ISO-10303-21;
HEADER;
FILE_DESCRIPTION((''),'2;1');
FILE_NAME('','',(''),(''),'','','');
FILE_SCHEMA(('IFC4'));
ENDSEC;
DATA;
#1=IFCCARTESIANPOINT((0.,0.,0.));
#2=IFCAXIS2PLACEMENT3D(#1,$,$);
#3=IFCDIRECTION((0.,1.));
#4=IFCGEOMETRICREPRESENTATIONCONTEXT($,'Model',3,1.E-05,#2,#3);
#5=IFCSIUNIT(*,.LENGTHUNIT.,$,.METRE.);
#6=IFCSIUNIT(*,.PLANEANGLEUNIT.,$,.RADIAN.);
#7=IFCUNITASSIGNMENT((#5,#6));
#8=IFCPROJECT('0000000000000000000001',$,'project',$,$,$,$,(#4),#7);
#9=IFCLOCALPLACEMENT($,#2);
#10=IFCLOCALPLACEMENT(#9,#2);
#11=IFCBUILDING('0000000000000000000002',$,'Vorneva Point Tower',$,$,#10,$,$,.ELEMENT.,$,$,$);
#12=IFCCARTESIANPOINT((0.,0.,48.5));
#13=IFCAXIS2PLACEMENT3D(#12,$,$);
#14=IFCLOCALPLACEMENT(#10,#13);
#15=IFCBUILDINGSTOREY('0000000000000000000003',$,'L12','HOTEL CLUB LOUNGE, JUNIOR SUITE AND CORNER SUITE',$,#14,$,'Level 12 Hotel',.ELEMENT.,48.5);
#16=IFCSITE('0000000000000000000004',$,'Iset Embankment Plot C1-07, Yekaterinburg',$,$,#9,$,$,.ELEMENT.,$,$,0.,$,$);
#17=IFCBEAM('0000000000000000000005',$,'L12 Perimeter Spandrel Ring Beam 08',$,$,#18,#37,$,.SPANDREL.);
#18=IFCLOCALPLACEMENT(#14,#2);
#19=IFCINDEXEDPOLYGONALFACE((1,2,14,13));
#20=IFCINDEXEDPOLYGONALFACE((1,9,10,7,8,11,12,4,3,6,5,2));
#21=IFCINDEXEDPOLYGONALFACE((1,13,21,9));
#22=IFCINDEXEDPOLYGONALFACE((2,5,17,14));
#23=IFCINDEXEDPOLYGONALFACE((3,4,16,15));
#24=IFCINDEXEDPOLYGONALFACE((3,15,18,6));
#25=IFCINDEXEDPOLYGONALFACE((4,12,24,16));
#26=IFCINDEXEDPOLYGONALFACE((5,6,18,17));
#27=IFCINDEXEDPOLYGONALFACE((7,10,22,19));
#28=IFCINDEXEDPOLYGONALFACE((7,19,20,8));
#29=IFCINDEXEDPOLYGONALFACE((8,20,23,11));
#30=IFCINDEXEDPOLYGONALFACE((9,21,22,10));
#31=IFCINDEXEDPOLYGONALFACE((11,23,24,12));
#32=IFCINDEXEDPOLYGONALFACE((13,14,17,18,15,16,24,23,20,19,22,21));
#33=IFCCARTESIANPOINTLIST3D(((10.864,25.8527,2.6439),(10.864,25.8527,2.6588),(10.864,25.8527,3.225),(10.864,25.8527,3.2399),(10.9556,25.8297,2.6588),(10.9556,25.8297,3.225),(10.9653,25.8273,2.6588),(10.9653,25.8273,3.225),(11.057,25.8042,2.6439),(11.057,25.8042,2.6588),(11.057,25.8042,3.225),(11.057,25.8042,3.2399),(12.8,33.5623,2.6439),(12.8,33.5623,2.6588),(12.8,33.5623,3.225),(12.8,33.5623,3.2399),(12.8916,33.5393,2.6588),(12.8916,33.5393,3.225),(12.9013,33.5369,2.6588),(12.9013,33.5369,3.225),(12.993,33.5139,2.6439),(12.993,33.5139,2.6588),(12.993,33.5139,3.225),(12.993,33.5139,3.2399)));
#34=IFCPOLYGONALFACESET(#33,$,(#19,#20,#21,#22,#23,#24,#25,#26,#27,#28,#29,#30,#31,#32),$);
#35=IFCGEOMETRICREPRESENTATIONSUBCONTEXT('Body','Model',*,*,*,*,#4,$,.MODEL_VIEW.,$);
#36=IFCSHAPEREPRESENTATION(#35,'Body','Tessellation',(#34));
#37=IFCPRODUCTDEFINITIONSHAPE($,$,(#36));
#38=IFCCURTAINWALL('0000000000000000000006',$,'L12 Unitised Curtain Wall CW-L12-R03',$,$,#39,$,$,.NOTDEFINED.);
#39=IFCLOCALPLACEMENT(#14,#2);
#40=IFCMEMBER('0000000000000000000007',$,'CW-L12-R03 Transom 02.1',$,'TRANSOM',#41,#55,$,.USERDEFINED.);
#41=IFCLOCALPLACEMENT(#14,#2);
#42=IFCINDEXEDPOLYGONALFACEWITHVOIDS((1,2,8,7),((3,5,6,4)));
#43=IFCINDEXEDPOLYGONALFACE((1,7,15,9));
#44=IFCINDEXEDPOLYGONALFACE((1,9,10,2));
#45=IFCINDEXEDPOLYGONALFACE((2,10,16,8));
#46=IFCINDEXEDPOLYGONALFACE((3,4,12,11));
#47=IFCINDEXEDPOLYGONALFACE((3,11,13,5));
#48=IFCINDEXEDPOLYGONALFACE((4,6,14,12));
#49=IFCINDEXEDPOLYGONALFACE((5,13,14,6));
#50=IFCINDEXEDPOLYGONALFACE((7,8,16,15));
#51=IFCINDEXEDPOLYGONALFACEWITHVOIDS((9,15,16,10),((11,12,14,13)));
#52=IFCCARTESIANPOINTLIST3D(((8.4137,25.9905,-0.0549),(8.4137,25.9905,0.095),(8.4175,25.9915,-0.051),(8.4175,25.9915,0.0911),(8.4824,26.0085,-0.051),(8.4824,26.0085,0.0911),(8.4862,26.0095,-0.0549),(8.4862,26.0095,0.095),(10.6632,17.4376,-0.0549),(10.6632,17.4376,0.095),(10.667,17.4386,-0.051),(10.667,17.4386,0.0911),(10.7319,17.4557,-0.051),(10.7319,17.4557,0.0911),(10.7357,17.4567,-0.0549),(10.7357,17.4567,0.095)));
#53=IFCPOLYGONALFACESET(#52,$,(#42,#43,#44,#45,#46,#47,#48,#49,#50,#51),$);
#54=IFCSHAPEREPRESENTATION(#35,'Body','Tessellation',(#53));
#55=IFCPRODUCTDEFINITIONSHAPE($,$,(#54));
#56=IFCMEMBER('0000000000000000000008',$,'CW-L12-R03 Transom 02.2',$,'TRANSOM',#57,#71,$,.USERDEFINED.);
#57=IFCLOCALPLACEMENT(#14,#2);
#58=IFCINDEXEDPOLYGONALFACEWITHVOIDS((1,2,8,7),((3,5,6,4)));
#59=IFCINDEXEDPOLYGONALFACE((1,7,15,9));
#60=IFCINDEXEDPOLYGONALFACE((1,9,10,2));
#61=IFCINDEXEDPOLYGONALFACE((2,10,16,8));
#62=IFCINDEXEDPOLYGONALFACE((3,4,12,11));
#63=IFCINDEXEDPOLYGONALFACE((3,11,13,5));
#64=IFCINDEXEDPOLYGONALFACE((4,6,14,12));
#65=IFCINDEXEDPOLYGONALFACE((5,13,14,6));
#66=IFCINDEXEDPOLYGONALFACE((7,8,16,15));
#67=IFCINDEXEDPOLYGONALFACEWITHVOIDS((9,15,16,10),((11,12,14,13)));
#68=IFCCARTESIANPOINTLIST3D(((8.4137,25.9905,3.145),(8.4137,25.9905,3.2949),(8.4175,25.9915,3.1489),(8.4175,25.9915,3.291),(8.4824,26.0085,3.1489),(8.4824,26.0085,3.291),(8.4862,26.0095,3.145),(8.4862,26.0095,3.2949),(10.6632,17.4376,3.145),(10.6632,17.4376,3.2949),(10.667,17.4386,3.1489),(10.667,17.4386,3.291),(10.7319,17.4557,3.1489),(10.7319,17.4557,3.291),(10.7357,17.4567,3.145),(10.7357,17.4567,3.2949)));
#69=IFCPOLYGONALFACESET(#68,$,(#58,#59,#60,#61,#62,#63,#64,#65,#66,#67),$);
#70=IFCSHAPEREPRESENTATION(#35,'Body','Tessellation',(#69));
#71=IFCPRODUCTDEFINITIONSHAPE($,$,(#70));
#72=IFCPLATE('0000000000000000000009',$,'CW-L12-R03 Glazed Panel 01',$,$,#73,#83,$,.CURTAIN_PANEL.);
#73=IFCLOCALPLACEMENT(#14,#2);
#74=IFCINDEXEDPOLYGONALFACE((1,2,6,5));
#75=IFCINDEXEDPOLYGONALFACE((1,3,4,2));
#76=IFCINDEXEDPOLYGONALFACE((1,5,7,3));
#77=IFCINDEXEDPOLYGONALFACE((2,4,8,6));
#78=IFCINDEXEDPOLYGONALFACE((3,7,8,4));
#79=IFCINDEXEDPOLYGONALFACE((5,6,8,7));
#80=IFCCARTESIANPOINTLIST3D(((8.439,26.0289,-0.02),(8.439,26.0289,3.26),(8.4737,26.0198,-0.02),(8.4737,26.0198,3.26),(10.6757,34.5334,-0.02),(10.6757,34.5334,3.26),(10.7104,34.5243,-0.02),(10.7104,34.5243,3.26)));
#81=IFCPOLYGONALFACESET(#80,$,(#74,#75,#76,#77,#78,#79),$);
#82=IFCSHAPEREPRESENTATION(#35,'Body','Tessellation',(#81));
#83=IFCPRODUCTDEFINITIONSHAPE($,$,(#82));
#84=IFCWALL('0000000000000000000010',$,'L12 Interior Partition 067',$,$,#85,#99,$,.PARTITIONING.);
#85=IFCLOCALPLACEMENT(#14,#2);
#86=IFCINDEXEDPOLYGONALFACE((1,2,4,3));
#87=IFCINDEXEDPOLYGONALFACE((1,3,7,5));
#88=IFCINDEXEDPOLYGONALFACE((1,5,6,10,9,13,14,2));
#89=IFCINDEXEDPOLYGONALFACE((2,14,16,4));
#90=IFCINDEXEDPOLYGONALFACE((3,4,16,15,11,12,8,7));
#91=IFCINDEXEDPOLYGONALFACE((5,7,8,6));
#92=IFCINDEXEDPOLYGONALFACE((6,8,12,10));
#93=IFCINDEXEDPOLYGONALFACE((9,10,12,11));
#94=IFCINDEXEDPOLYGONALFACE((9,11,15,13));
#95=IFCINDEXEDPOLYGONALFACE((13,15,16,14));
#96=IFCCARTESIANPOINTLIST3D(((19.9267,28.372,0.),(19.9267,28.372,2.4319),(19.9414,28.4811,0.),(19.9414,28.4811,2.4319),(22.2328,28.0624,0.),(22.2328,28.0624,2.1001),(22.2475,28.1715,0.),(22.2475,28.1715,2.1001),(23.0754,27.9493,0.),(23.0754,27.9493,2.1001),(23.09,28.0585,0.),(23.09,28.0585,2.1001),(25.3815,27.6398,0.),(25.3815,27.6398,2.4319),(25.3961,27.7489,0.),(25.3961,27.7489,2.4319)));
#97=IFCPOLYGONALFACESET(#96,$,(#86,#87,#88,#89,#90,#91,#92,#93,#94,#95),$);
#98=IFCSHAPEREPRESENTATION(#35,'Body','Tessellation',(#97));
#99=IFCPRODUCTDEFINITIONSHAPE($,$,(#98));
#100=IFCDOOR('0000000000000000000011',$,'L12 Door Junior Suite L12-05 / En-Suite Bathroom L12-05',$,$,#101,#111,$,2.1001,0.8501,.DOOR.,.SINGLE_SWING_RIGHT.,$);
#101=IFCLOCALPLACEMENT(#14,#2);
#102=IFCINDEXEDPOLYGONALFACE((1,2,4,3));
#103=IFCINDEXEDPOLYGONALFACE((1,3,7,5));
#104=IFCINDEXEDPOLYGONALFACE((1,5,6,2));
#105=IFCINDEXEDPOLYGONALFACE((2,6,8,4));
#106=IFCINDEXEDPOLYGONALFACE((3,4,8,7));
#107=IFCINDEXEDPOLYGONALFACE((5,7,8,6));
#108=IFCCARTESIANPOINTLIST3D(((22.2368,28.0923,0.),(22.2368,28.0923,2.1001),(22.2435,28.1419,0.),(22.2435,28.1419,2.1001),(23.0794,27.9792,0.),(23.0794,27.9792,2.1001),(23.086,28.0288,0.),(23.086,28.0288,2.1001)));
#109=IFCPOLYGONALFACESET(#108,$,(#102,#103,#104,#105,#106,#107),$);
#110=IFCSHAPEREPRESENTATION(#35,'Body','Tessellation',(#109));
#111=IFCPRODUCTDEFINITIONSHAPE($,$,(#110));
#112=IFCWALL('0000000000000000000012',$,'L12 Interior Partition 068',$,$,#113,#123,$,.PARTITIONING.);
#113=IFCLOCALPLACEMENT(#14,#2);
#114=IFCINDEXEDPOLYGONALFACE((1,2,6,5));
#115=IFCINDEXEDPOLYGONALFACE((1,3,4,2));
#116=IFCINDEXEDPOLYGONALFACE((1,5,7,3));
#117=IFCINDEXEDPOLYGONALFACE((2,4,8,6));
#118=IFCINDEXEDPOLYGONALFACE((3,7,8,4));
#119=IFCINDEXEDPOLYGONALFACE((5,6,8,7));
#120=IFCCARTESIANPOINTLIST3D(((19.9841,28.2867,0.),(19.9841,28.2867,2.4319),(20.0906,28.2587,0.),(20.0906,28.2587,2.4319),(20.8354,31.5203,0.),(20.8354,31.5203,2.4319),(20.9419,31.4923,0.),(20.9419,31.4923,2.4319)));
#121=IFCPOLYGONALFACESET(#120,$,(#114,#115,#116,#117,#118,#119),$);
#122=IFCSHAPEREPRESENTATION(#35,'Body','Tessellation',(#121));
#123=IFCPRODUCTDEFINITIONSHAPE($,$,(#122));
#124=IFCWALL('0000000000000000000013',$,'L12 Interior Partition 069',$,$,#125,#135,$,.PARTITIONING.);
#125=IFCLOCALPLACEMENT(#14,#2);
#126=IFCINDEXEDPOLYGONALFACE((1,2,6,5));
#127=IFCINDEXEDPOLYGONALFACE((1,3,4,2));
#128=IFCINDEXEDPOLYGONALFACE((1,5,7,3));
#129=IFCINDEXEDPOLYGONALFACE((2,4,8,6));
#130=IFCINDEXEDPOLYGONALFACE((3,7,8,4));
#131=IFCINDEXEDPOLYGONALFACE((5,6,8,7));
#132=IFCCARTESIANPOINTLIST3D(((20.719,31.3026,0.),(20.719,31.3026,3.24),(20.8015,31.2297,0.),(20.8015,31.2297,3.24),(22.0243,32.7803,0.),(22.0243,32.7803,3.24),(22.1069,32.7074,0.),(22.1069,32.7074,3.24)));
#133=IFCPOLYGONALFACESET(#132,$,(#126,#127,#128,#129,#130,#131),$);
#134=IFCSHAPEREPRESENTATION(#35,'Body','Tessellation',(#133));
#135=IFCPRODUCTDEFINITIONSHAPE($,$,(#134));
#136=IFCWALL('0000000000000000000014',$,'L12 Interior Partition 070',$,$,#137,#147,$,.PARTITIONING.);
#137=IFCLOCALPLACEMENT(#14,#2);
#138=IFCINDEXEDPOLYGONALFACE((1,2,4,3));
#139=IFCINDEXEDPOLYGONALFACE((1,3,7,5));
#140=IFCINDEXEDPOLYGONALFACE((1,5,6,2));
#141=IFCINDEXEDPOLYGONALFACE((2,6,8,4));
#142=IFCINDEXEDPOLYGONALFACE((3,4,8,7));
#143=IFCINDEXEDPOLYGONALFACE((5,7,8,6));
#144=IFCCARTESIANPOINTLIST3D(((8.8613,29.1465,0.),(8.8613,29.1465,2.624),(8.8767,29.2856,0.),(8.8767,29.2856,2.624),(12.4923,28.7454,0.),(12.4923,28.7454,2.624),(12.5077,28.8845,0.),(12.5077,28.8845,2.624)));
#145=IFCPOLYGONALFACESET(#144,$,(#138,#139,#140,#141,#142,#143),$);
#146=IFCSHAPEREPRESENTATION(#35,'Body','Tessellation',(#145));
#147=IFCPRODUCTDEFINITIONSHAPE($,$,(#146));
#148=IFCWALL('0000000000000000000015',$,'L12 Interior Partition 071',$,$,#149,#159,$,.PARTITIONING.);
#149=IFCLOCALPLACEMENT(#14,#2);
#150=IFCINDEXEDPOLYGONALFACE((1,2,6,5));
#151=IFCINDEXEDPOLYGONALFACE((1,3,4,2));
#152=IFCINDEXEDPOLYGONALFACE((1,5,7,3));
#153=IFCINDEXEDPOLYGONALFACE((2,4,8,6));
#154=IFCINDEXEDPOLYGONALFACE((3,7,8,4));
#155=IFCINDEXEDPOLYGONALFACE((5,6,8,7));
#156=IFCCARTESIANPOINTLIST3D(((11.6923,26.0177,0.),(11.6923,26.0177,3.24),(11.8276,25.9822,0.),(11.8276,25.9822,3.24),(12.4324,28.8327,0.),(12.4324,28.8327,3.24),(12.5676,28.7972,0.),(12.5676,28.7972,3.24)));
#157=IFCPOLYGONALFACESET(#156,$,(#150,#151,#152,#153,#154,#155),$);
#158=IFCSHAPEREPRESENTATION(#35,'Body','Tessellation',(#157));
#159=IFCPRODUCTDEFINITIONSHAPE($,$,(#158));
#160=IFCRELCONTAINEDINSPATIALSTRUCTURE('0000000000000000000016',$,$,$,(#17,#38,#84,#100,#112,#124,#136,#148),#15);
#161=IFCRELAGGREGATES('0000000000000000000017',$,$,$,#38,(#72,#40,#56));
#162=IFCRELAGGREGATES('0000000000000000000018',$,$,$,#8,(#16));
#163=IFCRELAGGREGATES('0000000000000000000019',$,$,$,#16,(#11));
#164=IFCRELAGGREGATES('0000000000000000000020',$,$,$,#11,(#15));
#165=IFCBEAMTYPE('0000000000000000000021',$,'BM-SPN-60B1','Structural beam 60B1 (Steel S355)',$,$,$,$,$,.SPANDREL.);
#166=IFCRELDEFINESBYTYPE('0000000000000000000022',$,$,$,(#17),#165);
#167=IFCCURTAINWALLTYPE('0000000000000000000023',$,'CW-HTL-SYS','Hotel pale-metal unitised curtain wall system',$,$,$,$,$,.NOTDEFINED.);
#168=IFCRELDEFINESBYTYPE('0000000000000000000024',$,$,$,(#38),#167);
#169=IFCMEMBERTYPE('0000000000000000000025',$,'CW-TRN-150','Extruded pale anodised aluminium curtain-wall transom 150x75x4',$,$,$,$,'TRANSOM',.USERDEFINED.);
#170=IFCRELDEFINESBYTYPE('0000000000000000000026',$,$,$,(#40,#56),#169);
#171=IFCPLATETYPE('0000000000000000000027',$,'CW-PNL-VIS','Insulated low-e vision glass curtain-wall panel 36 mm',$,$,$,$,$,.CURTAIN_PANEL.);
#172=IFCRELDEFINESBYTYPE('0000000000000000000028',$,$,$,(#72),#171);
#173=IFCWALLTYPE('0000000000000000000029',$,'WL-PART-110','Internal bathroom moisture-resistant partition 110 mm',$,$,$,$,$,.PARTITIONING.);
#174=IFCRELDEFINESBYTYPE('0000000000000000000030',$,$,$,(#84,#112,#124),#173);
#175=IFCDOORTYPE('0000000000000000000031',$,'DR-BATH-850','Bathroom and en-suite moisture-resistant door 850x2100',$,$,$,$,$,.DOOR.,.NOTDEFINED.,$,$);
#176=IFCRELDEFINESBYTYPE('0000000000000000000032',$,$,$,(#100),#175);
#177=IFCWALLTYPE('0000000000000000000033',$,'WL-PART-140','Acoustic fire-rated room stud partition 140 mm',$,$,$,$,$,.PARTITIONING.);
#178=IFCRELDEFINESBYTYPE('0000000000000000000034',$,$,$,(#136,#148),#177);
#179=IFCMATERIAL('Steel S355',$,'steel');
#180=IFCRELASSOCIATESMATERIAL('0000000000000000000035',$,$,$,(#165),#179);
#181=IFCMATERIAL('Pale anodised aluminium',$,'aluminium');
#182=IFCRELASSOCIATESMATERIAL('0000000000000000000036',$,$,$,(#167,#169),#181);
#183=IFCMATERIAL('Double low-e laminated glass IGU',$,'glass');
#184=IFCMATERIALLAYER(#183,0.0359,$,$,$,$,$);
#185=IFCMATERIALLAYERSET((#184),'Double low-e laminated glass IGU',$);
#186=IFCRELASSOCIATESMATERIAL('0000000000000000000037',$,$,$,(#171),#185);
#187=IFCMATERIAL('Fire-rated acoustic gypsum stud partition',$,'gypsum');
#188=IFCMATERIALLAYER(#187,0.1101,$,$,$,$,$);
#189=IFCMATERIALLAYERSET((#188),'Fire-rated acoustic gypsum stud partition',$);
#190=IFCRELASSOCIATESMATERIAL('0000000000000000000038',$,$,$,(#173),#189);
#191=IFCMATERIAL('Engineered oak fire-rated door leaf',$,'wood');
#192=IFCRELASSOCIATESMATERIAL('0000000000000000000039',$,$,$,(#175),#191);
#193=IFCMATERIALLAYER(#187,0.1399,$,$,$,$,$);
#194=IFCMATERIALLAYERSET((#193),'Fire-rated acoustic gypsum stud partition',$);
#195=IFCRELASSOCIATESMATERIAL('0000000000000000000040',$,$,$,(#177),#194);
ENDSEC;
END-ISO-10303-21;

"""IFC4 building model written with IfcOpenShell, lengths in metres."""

from ifc_helpers import new_model, si_unit, direction, frame, frame_2d, origin, origin_2d, place, context, subcontext, project, spatial, rectangle, hollow_rectangle, i_section, extrude, material, layer, layer_set, material_profile, profile_set, type_object, element, fill, aggregate, save


model = new_model("IFC4")

# Units and contexts
model_context = context("Model", 3, precision=1e-05, world=origin(), true_north=direction((0.0, 1.0)))
body_context = subcontext(model_context, "Body", "Model", "MODEL_VIEW")
ifc_project = project(units=[si_unit("LENGTHUNIT", "METRE"), si_unit("PLANEANGLEUNIT", "RADIAN")], contexts=[model_context])

# Site, building, storey
site_placement = place(None, origin())
site = spatial("IfcSite", under=ifc_project, at=site_placement, Name="Iset Embankment Plot C1-07, Yekaterinburg", CompositionType="ELEMENT", RefElevation=0.0)
building_placement = place(site_placement, origin())
building = spatial("IfcBuilding", under=site, at=building_placement, Name="Vorneva Point Tower", CompositionType="ELEMENT")
storey_placement = place(building_placement, frame((0.0, 0.0, 48.5)))
storey = spatial("IfcBuildingStorey", under=building, at=storey_placement, Name="L12", Description="HOTEL CLUB LOUNGE, JUNIOR SUITE AND CORNER SUITE", LongName="Level 12 Hotel", CompositionType="ELEMENT", Elevation=48.5)

# Beam
ifc_material_1 = material(Name="Steel S355", Category="steel")
ifc_material_profile_1 = material_profile(ifc_material_1, i_section(OverallWidth=0.199, OverallDepth=0.5959, WebThickness=0.01, FlangeThickness=0.0149, at=origin_2d()), Name="60B1")
ifc_profile_set_1 = profile_set([ifc_material_profile_1], Name="Steel S355")
beam_type_1 = type_object("IfcBeamType", Name="BM-SPN-60B1", Description="Structural beam 60B1 (Steel S355)", PredefinedType="SPANDREL", material=ifc_profile_set_1)
beam_1_placement = place(storey_placement, frame((12.8965, 33.5381, 2.9419), z_axis=(-0.243554, -0.969887, 0.0), x_axis=(0.969887, -0.243554, 0.0)))
element("IfcBeam", 1, at=beam_1_placement, inside=storey, type_object=beam_type_1, Name="L12 Perimeter Spandrel Ring Beam 08", PredefinedType="SPANDREL", context=body_context, shape_type="SweptSolid", body=[
    extrude(i_section(OverallWidth=0.199, OverallDepth=0.5959, WebThickness=0.01, FlangeThickness=0.0149, at=origin_2d()), origin(), (0.0, 0.0, 1.0), 7.949),
])

# Curtain wall, members, plate
ifc_material_2 = material(Name="Pale anodised aluminium", Category="aluminium")
curtain_wall_type = type_object("IfcCurtainWallType", Name="CW-HTL-SYS", Description="Hotel pale-metal unitised curtain wall system", PredefinedType="NOTDEFINED", material=ifc_material_2)
curtain_wall_placement = place(storey_placement, origin())
curtain_wall = element("IfcCurtainWall", 2, at=curtain_wall_placement, inside=storey, type_object=curtain_wall_type, Name="L12 Unitised Curtain Wall CW-L12-R03", PredefinedType="NOTDEFINED")
ifc_material_profile_2 = material_profile(ifc_material_2, hollow_rectangle(XDim=0.075, YDim=0.1499, WallThickness=0.0039, at=origin_2d()), Name="AL-TRN 150x75x4")
ifc_profile_set_2 = profile_set([ifc_material_profile_2], Name="Pale anodised aluminium")
member_type = type_object("IfcMemberType", Name="CW-TRN-150", Description="Extruded pale anodised aluminium curtain-wall transom 150x75x4", ElementType="TRANSOM", PredefinedType="USERDEFINED", material=ifc_profile_set_2)
member_1_placement = place(storey_placement, frame((8.45, 26.0, 0.02), z_axis=(0.254359, -0.96711, 0.0), x_axis=(0.96711, 0.254359, 0.0)))
member_1 = element("IfcMember", 3, at=member_1_placement, type_object=member_type, Name="CW-L12-R03 Transom 02.1", ObjectType="TRANSOM", PredefinedType="USERDEFINED", context=body_context, shape_type="SweptSolid", body=[
    extrude(hollow_rectangle(XDim=0.075, YDim=0.1499, WallThickness=0.0039, at=origin_2d()), origin(), (0.0, 0.0, 1.0), 8.8438),
])
member_2_placement = place(storey_placement, frame((8.45, 26.0, 3.22), z_axis=(0.254359, -0.96711, 0.0), x_axis=(0.96711, 0.254359, 0.0)))
member_2 = element("IfcMember", 4, at=member_2_placement, type_object=member_type, Name="CW-L12-R03 Transom 02.2", ObjectType="TRANSOM", PredefinedType="USERDEFINED", context=body_context, shape_type="SweptSolid", body=[
    extrude(hollow_rectangle(XDim=0.075, YDim=0.1499, WallThickness=0.0039, at=origin_2d()), origin(), (0.0, 0.0, 1.0), 8.8438),
])
ifc_material_3 = material(Name="Double low-e laminated glass IGU", Category="glass")
ifc_layer_1 = layer(ifc_material_3, 0.0359)
ifc_layer_set_1 = layer_set([ifc_layer_1], Name="Double low-e laminated glass IGU")
plate_type = type_object("IfcPlateType", Name="CW-PNL-VIS", Description="Insulated low-e vision glass curtain-wall panel 36 mm", PredefinedType="CURTAIN_PANEL", material=ifc_layer_set_1)
plate_placement = place(storey_placement, frame((9.5747, 30.2766, -0.02), z_axis=(0.0, 0.0, 1.0), x_axis=(-0.254349, -0.967113, 0.0)))
plate = element("IfcPlate", 5, at=plate_placement, type_object=plate_type, Name="CW-L12-R03 Glazed Panel 01", PredefinedType="CURTAIN_PANEL", context=body_context, shape_type="SweptSolid", body=[
    extrude(rectangle(XDim=8.7937, YDim=0.0359, at=origin_2d()), origin(), (0.0, 0.0, 1.0), 3.28),
])
aggregate(curtain_wall, [plate, member_1, member_2])

# Wall, opening, door
ifc_material_4 = material(Name="Fire-rated acoustic gypsum stud partition", Category="gypsum")
ifc_layer_2 = layer(ifc_material_4, 0.1101)
ifc_layer_set_2 = layer_set([ifc_layer_2], Name="Fire-rated acoustic gypsum stud partition")
wall_type_1 = type_object("IfcWallType", Name="WL-PART-110", Description="Internal bathroom moisture-resistant partition 110 mm", PredefinedType="PARTITIONING", material=ifc_layer_set_2)
wall_1_placement = place(storey_placement, frame((25.3889, 27.6943, 0.0), z_axis=(0.0, 0.0, 1.0), x_axis=(-0.991112, 0.133032, 0.0)))
wall_1 = element("IfcWall", 6, at=wall_1_placement, inside=storey, type_object=wall_type_1, Name="L12 Interior Partition 067", PredefinedType="PARTITIONING", context=body_context, shape_type="SweptSolid", body=[
    extrude(rectangle(XDim=5.5037, YDim=0.1101, at=frame_2d((2.752, 0.0))), origin(), (0.0, 0.0, 1.0), 2.4319),
])
opening_1_placement = place(wall_1_placement, frame((2.3269, 0.0, 0.0)))
opening_1 = element("IfcOpeningElement", 7, at=opening_1_placement, cuts=wall_1, PredefinedType="OPENING", context=body_context, shape_type="SweptSolid", body=[
    extrude(rectangle(XDim=0.8501, YDim=2.1001, at=frame_2d((0.425, 1.05))), frame((0.0, 0.0698, 0.0), z_axis=(0.0, -1.0, 0.0), x_axis=(1.0, 0.0, 0.0)), (0.0, 0.0, 1.0), 0.1399),
])
ifc_material_5 = material(Name="Engineered oak fire-rated door leaf", Category="wood")
door_type_1 = type_object("IfcDoorType", Name="DR-BATH-850", Description="Bathroom and en-suite moisture-resistant door 850x2100", OperationType="NOTDEFINED", PredefinedType="DOOR", material=ifc_material_5)
door_1_placement = place(opening_1_placement, origin())
door_1 = element("IfcDoor", 8, at=door_1_placement, inside=storey, type_object=door_type_1, Name="L12 Door Junior Suite L12-05 / En-Suite Bathroom L12-05", OperationType="SINGLE_SWING_RIGHT", OverallHeight=2.1001, OverallWidth=0.8501, PredefinedType="DOOR", context=body_context, shape_type="SweptSolid", body=[
    extrude(rectangle(XDim=0.8501, YDim=2.1001, at=frame_2d((0.425, 1.05))), frame((0.0, 0.0249, 0.0), z_axis=(0.0, -1.0, 0.0), x_axis=(1.0, 0.0, 0.0)), (0.0, 0.0, 1.0), 0.05),
])
fill(opening_1, door_1)

# Walls
wall_2_placement = place(storey_placement, frame((20.0374, 28.2727, 0.0), z_axis=(0.0, 0.0, 1.0), x_axis=(0.254594, 0.967048, 0.0)))
element("IfcWall", 9, at=wall_2_placement, inside=storey, type_object=wall_type_1, Name="L12 Interior Partition 068", PredefinedType="PARTITIONING", context=body_context, shape_type="SweptSolid", body=[
    extrude(rectangle(XDim=3.3438, YDim=0.1101, at=frame_2d((1.6719, 0.0))), origin(), (0.0, 0.0, 1.0), 2.4319),
])
wall_3_placement = place(storey_placement, frame((20.7603, 31.2661, 0.0), z_axis=(0.0, 0.0, 1.0), x_axis=(0.662047, 0.749462, 0.0)))
element("IfcWall", 10, at=wall_3_placement, inside=storey, type_object=wall_type_1, Name="L12 Interior Partition 069", PredefinedType="PARTITIONING", context=body_context, shape_type="SweptSolid", body=[
    extrude(rectangle(XDim=1.9717, YDim=0.1101, at=frame_2d((0.9858, 0.0))), origin(), (0.0, 0.0, 1.0), 3.24),
])
ifc_layer_3 = layer(ifc_material_4, 0.1399)
ifc_layer_set_3 = layer_set([ifc_layer_3], Name="Fire-rated acoustic gypsum stud partition")
wall_type_2 = type_object("IfcWallType", Name="WL-PART-140", Description="Acoustic fire-rated room stud partition 140 mm", PredefinedType="PARTITIONING", material=ifc_layer_set_3)
wall_4_placement = place(storey_placement, frame((8.8689, 29.2161, 0.0), z_axis=(0.0, 0.0, 1.0), x_axis=(0.993954, -0.109801, 0.0)))
element("IfcWall", 11, at=wall_4_placement, inside=storey, type_object=wall_type_2, Name="L12 Interior Partition 070", PredefinedType="PARTITIONING", context=body_context, shape_type="SweptSolid", body=[
    extrude(rectangle(XDim=3.6531, YDim=0.1399, at=frame_2d((1.8267, 0.0))), origin(), (0.0, 0.0, 1.0), 2.624),
])
wall_5_placement = place(storey_placement, frame((12.5, 28.8149, 0.0), z_axis=(0.0, 0.0, 1.0), x_axis=(-0.254241, -0.967141, 0.0)))
element("IfcWall", 12, at=wall_5_placement, inside=storey, type_object=wall_type_2, Name="L12 Interior Partition 071", PredefinedType="PARTITIONING", context=body_context, shape_type="SweptSolid", body=[
    extrude(rectangle(XDim=2.9106, YDim=0.1399, at=frame_2d((1.4553, 0.0))), origin(), (0.0, 0.0, 1.0), 3.24),
])

save(model, "model.ifc")
